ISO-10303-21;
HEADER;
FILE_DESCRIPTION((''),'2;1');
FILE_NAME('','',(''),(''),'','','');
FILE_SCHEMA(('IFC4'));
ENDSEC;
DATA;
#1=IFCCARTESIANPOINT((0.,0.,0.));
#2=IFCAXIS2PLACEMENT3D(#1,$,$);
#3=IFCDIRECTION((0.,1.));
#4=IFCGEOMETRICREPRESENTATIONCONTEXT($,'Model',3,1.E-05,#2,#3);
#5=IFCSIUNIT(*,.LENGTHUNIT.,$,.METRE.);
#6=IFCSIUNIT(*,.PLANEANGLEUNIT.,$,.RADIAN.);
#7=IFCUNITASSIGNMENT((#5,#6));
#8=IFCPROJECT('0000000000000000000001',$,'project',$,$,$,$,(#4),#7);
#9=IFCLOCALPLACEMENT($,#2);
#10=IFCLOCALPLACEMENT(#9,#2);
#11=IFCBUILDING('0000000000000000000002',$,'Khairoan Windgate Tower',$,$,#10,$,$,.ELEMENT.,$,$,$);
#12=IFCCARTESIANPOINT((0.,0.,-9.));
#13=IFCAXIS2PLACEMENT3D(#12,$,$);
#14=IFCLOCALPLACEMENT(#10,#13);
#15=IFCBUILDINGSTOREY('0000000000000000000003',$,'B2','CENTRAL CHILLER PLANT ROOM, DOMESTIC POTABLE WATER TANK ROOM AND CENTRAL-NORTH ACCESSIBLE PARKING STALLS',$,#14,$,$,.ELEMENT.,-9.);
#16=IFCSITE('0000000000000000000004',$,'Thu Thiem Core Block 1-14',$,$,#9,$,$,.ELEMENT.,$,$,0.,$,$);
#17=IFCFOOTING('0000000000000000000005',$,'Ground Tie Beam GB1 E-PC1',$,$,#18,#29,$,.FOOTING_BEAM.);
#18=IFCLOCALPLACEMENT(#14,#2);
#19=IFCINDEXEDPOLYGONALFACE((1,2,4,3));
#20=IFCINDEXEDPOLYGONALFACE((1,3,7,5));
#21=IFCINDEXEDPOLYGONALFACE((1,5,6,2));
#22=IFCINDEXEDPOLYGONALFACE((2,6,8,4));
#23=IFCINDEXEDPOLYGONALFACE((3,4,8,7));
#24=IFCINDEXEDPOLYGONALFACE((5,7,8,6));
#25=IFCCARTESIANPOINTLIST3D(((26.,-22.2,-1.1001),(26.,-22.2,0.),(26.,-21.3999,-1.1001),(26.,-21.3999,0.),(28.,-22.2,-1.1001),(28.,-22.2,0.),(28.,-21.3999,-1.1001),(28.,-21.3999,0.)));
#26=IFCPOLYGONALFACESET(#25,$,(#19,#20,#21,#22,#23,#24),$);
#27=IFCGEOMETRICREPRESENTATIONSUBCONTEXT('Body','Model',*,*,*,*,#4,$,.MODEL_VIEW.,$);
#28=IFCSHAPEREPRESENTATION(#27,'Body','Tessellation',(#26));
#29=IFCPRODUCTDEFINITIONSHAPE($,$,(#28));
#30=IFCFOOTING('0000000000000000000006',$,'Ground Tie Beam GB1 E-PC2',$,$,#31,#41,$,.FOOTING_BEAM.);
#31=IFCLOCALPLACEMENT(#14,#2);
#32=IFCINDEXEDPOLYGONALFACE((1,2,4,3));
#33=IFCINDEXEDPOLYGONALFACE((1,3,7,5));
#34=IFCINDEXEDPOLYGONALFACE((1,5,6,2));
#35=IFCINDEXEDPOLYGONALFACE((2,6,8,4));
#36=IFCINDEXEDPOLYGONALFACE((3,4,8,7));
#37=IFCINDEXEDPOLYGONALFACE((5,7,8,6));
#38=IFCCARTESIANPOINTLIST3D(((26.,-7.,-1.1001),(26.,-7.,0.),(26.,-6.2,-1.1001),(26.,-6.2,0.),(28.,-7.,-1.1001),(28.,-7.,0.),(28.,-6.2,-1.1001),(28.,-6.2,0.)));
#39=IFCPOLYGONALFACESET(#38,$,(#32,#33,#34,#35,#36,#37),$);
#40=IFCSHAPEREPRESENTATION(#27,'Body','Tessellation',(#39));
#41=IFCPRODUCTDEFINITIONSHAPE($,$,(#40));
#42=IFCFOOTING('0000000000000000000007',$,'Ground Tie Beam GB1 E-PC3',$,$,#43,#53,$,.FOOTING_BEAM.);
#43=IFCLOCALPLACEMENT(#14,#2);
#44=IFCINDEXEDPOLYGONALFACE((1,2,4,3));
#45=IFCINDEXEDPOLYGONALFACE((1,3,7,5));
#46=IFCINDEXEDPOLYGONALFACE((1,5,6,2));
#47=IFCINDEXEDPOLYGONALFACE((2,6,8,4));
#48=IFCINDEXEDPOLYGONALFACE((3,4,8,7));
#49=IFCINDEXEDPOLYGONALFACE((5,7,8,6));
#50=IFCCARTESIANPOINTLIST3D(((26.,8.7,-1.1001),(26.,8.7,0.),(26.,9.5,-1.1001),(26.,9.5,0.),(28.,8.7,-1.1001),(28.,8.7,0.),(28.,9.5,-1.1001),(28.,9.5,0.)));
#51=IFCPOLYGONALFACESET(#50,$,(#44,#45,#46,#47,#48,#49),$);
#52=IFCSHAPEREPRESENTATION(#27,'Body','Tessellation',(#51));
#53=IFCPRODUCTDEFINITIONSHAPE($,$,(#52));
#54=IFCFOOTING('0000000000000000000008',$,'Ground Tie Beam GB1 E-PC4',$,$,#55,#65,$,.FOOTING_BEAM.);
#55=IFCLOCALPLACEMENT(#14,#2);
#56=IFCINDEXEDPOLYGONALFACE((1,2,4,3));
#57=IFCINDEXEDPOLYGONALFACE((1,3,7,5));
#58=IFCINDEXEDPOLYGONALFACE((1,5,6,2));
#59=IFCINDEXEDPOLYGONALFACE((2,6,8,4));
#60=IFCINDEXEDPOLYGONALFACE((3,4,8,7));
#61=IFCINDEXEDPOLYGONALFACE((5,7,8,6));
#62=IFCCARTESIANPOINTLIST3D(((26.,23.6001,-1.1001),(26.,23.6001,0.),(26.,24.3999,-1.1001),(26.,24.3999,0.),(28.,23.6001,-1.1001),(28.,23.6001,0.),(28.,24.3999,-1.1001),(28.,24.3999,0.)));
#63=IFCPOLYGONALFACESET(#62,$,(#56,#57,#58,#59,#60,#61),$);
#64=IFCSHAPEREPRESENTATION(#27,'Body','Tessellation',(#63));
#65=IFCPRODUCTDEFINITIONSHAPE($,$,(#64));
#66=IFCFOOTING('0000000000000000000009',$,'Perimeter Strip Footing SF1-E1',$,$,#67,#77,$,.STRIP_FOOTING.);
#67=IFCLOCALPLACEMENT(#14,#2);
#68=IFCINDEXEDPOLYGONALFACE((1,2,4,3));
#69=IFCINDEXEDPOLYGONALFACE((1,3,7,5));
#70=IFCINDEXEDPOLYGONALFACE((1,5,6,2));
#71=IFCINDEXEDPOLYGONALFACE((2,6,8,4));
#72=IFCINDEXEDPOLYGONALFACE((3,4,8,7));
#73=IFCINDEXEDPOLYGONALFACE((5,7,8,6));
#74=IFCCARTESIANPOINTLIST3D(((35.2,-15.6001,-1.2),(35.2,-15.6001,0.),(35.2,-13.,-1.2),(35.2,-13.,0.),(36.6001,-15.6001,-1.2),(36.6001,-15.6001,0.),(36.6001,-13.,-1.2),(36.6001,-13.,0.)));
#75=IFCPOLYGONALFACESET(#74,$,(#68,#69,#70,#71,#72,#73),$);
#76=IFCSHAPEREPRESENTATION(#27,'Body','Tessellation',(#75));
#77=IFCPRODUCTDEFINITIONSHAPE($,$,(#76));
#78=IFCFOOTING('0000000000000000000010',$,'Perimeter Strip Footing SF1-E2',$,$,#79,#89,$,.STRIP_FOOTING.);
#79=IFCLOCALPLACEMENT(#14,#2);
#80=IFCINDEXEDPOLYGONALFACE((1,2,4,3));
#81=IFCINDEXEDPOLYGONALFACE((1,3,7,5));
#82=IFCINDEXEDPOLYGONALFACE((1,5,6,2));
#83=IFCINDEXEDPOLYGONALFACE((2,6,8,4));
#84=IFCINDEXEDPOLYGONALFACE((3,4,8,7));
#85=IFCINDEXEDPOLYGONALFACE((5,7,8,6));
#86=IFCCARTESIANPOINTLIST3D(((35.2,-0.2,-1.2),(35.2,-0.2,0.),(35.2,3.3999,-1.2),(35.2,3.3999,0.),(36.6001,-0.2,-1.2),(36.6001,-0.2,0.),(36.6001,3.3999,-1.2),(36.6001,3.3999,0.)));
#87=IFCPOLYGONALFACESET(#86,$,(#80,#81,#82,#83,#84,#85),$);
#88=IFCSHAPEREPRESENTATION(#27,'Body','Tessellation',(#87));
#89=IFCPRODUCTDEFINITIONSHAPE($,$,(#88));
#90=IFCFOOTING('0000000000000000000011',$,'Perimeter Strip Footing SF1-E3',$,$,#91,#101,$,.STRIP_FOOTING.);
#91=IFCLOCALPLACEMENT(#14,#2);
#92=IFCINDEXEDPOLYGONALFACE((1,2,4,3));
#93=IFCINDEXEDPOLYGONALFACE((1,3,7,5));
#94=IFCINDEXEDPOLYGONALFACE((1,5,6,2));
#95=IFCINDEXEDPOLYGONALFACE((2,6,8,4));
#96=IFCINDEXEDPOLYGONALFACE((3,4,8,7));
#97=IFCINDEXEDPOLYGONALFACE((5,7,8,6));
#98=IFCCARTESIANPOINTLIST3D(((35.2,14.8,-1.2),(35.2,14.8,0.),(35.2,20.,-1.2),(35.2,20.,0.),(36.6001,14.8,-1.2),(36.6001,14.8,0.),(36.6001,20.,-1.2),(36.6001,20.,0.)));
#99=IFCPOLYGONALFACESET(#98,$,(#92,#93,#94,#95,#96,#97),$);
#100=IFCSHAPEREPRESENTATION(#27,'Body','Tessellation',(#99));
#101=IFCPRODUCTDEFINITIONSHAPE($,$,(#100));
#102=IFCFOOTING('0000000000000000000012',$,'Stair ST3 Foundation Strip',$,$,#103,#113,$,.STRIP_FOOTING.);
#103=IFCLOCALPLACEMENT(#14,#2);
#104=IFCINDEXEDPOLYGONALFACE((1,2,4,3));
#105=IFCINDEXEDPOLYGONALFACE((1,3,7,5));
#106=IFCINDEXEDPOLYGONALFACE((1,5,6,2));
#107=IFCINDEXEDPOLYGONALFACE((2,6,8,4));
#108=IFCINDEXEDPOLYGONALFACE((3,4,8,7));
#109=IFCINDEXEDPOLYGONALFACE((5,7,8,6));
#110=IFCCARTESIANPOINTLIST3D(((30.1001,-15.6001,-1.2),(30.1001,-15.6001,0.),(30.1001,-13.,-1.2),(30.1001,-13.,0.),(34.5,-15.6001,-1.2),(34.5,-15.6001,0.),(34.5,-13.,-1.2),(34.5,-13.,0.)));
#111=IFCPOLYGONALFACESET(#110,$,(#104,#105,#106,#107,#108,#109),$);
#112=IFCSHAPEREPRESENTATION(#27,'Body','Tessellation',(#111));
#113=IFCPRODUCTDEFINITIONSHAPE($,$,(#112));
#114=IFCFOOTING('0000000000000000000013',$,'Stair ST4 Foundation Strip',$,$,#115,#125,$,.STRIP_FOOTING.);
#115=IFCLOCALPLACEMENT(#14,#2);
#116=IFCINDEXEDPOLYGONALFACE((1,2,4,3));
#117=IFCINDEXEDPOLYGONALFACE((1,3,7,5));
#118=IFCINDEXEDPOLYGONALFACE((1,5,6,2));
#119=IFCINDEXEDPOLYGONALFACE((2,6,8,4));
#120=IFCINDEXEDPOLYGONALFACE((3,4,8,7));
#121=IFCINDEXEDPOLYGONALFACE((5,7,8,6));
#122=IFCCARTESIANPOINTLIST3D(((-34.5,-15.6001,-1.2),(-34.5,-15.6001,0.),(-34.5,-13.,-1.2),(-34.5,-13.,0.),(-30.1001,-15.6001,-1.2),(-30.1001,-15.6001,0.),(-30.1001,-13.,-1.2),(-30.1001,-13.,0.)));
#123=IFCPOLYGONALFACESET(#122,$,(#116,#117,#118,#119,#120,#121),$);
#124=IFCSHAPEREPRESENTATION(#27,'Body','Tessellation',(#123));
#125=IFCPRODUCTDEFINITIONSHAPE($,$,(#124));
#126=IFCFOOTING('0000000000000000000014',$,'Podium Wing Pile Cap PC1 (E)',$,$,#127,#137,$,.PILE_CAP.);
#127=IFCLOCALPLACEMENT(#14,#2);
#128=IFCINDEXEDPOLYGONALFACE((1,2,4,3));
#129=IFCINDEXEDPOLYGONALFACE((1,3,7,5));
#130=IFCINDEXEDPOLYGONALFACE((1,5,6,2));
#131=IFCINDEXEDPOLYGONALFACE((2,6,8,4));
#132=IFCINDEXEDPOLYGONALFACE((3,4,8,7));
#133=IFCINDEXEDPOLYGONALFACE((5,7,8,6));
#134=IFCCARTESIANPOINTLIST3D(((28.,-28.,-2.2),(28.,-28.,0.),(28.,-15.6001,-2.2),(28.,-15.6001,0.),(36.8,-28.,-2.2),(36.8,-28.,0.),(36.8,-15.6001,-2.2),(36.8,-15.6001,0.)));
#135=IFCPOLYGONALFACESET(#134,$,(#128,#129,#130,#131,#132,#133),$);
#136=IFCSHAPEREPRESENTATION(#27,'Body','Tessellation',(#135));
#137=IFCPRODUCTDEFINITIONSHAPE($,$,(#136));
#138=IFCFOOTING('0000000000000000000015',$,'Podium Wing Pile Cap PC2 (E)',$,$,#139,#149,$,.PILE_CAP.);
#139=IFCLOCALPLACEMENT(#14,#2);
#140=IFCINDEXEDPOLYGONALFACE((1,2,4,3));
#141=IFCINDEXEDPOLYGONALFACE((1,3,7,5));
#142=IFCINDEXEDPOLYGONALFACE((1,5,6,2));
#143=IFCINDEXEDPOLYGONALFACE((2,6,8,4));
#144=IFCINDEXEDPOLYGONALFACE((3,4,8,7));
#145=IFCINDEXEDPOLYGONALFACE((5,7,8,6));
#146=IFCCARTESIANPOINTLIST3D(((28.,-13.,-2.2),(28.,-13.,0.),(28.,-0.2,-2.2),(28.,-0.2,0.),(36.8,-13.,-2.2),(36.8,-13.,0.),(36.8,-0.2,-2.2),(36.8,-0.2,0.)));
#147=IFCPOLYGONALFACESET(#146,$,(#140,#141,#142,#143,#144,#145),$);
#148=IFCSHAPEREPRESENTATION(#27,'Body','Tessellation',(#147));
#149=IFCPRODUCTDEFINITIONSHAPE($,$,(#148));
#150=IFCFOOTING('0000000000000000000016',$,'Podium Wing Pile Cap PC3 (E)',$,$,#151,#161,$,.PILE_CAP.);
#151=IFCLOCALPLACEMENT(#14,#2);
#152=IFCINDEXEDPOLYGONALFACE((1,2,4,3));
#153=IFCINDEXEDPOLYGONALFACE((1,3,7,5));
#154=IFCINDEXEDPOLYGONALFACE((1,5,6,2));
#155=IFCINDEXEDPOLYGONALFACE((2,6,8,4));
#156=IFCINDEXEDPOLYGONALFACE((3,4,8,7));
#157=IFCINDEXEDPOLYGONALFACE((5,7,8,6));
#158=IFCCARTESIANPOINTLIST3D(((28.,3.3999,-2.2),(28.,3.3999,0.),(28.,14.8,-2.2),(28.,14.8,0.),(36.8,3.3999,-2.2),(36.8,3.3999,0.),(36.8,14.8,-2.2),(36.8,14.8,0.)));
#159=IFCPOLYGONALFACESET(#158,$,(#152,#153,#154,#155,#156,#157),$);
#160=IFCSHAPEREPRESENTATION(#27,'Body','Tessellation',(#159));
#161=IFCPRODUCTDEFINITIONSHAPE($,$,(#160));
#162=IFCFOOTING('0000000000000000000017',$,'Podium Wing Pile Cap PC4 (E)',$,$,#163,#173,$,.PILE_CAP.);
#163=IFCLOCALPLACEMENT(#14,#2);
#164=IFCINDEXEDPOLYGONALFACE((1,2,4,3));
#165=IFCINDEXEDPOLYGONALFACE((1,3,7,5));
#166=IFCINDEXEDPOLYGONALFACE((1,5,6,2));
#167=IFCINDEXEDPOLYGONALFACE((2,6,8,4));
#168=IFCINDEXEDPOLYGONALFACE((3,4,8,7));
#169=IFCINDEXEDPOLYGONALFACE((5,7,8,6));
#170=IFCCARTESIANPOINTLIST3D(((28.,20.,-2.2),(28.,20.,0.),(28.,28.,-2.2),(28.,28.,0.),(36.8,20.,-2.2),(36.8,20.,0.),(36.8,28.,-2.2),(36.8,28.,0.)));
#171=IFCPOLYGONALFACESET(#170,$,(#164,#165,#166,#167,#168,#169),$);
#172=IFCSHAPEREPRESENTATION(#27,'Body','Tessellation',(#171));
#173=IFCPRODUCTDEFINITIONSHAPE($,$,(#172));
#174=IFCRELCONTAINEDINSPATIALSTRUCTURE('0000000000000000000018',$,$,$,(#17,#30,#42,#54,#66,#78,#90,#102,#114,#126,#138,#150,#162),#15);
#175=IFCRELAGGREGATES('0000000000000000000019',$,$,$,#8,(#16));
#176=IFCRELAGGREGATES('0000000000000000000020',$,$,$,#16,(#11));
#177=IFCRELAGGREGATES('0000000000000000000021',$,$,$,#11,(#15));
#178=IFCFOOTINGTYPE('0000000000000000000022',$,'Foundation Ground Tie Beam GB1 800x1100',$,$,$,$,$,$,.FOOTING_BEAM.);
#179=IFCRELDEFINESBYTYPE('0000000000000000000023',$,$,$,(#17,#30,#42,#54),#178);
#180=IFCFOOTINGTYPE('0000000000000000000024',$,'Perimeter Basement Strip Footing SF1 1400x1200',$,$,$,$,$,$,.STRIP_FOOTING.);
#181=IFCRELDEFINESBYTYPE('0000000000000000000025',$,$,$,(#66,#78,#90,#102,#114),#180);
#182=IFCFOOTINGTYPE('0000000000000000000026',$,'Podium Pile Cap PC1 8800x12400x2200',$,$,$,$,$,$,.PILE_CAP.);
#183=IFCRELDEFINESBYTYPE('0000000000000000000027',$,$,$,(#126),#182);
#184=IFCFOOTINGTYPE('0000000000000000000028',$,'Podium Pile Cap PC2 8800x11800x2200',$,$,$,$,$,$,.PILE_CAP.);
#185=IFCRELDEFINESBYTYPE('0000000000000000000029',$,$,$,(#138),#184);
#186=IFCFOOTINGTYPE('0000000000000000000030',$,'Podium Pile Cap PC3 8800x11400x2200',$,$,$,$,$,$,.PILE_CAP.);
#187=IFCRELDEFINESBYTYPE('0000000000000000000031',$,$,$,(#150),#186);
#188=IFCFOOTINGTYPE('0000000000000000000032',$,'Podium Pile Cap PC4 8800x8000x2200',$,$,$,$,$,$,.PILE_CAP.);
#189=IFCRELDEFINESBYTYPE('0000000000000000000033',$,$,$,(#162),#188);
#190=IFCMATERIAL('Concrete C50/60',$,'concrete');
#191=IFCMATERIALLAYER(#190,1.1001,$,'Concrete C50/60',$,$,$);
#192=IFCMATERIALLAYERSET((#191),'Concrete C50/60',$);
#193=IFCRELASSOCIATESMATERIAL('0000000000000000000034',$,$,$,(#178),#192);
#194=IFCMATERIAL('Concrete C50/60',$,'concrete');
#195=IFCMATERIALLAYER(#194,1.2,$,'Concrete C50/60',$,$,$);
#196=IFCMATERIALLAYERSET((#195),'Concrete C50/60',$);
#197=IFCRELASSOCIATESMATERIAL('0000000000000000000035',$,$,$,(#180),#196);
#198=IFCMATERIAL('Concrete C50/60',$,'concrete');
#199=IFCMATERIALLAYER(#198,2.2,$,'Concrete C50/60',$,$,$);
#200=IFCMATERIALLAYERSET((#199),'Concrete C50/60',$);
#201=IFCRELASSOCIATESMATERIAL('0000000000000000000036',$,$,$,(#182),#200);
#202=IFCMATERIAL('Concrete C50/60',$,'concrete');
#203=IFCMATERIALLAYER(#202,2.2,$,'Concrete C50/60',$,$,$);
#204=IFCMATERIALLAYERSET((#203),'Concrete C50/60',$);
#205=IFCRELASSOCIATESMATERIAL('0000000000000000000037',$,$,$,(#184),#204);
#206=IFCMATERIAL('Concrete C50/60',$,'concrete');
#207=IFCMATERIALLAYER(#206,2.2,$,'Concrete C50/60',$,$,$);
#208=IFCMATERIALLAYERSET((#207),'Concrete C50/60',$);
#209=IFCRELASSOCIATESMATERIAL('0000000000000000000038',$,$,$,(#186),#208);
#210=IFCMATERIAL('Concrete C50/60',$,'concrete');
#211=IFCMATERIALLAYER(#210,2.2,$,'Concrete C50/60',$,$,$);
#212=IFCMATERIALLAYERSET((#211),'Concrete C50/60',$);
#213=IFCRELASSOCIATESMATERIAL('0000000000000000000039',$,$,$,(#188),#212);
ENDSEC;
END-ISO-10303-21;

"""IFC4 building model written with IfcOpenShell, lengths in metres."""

from ifc_helpers import new_model, si_unit, direction, frame, origin, place, context, subcontext, project, spatial, polyline, outline, extrude, material, layer, layer_set, type_object, element, save


model = new_model("IFC4")

# Units and contexts
model_context = context("Model", 3, precision=1e-05, world=origin(), true_north=direction((0.0, 1.0)))
body_context = subcontext(model_context, "Body", "Model", "MODEL_VIEW")
ifc_project = project(units=[si_unit("LENGTHUNIT", "METRE"), si_unit("PLANEANGLEUNIT", "RADIAN")], contexts=[model_context])

# Site, building, storey
site_placement = place(None, origin())
site = spatial("IfcSite", under=ifc_project, at=site_placement, Name="Thu Thiem Core Block 1-14", CompositionType="ELEMENT", RefElevation=0.0)
building_placement = place(site_placement, origin())
building = spatial("IfcBuilding", under=site, at=building_placement, Name="Khairoan Windgate Tower", CompositionType="ELEMENT")
storey_placement = place(building_placement, frame((0.0, 0.0, -9.0)))
storey = spatial("IfcBuildingStorey", under=building, at=storey_placement, Name="B2", Description="CENTRAL CHILLER PLANT ROOM, DOMESTIC POTABLE WATER TANK ROOM AND CENTRAL-NORTH ACCESSIBLE PARKING STALLS", CompositionType="ELEMENT", Elevation=-9.0)

# Footings
ifc_material_1 = material(Name="Concrete C50/60", Category="concrete")
ifc_layer_1 = layer(ifc_material_1, 1.1001, Name="Concrete C50/60")
ifc_layer_set_1 = layer_set([ifc_layer_1], Name="Concrete C50/60")
footing_type_1 = type_object("IfcFootingType", Name="Foundation Ground Tie Beam GB1 800x1100", PredefinedType="FOOTING_BEAM", material=ifc_layer_set_1)
footing_1_placement = place(storey_placement, frame((0.0, 0.0, -1.1001)))
element("IfcFooting", 1, at=footing_1_placement, inside=storey, type_object=footing_type_1, Name="Ground Tie Beam GB1 E-PC1", PredefinedType="FOOTING_BEAM", context=body_context, shape_type="SweptSolid", body=[
    extrude(outline(polyline([(26.0, -22.2), (28.0, -22.2), (28.0, -21.3999), (26.0, -21.3999), (26.0, -22.2)])), origin(), (0.0, 0.0, 1.0), 1.1001),
])
footing_2_placement = place(storey_placement, frame((0.0, 0.0, -1.1001)))
element("IfcFooting", 2, at=footing_2_placement, inside=storey, type_object=footing_type_1, Name="Ground Tie Beam GB1 E-PC2", PredefinedType="FOOTING_BEAM", context=body_context, shape_type="SweptSolid", body=[
    extrude(outline(polyline([(26.0, -7.0), (28.0, -7.0), (28.0, -6.2), (26.0, -6.2), (26.0, -7.0)])), origin(), (0.0, 0.0, 1.0), 1.1001),
])
footing_3_placement = place(storey_placement, frame((0.0, 0.0, -1.1001)))
element("IfcFooting", 3, at=footing_3_placement, inside=storey, type_object=footing_type_1, Name="Ground Tie Beam GB1 E-PC3", PredefinedType="FOOTING_BEAM", context=body_context, shape_type="SweptSolid", body=[
    extrude(outline(polyline([(26.0, 8.7), (28.0, 8.7), (28.0, 9.5), (26.0, 9.5), (26.0, 8.7)])), origin(), (0.0, 0.0, 1.0), 1.1001),
])
footing_4_placement = place(storey_placement, frame((0.0, 0.0, -1.1001)))
element("IfcFooting", 4, at=footing_4_placement, inside=storey, type_object=footing_type_1, Name="Ground Tie Beam GB1 E-PC4", PredefinedType="FOOTING_BEAM", context=body_context, shape_type="SweptSolid", body=[
    extrude(outline(polyline([(26.0, 23.6001), (28.0, 23.6001), (28.0, 24.3999), (26.0, 24.3999), (26.0, 23.6001)])), origin(), (0.0, 0.0, 1.0), 1.1001),
])
ifc_material_2 = material(Name="Concrete C50/60", Category="concrete")
ifc_layer_2 = layer(ifc_material_2, 1.2, Name="Concrete C50/60")
ifc_layer_set_2 = layer_set([ifc_layer_2], Name="Concrete C50/60")
footing_type_2 = type_object("IfcFootingType", Name="Perimeter Basement Strip Footing SF1 1400x1200", PredefinedType="STRIP_FOOTING", material=ifc_layer_set_2)
footing_5_placement = place(storey_placement, frame((0.0, 0.0, -1.2)))
element("IfcFooting", 5, at=footing_5_placement, inside=storey, type_object=footing_type_2, Name="Perimeter Strip Footing SF1-E1", PredefinedType="STRIP_FOOTING", context=body_context, shape_type="SweptSolid", body=[
    extrude(outline(polyline([(35.2, -15.6001), (36.6001, -15.6001), (36.6001, -13.0), (35.2, -13.0), (35.2, -15.6001)])), origin(), (0.0, 0.0, 1.0), 1.2),
])
footing_6_placement = place(storey_placement, frame((0.0, 0.0, -1.2)))
element("IfcFooting", 6, at=footing_6_placement, inside=storey, type_object=footing_type_2, Name="Perimeter Strip Footing SF1-E2", PredefinedType="STRIP_FOOTING", context=body_context, shape_type="SweptSolid", body=[
    extrude(outline(polyline([(35.2, -0.2), (36.6001, -0.2), (36.6001, 3.3999), (35.2, 3.3999), (35.2, -0.2)])), origin(), (0.0, 0.0, 1.0), 1.2),
])
footing_7_placement = place(storey_placement, frame((0.0, 0.0, -1.2)))
element("IfcFooting", 7, at=footing_7_placement, inside=storey, type_object=footing_type_2, Name="Perimeter Strip Footing SF1-E3", PredefinedType="STRIP_FOOTING", context=body_context, shape_type="SweptSolid", body=[
    extrude(outline(polyline([(35.2, 14.8), (36.6001, 14.8), (36.6001, 20.0), (35.2, 20.0), (35.2, 14.8)])), origin(), (0.0, 0.0, 1.0), 1.2),
])
footing_8_placement = place(storey_placement, frame((0.0, 0.0, -1.2)))
element("IfcFooting", 8, at=footing_8_placement, inside=storey, type_object=footing_type_2, Name="Stair ST3 Foundation Strip", PredefinedType="STRIP_FOOTING", context=body_context, shape_type="SweptSolid", body=[
    extrude(outline(polyline([(30.1001, -15.6001), (34.5, -15.6001), (34.5, -13.0), (30.1001, -13.0), (30.1001, -15.6001)])), origin(), (0.0, 0.0, 1.0), 1.2),
])
footing_9_placement = place(storey_placement, frame((0.0, 0.0, -1.2)))
element("IfcFooting", 9, at=footing_9_placement, inside=storey, type_object=footing_type_2, Name="Stair ST4 Foundation Strip", PredefinedType="STRIP_FOOTING", context=body_context, shape_type="SweptSolid", body=[
    extrude(outline(polyline([(-34.5, -15.6001), (-30.1001, -15.6001), (-30.1001, -13.0), (-34.5, -13.0), (-34.5, -15.6001)])), origin(), (0.0, 0.0, 1.0), 1.2),
])
ifc_material_3 = material(Name="Concrete C50/60", Category="concrete")
ifc_layer_3 = layer(ifc_material_3, 2.2, Name="Concrete C50/60")
ifc_layer_set_3 = layer_set([ifc_layer_3], Name="Concrete C50/60")
footing_type_3 = type_object("IfcFootingType", Name="Podium Pile Cap PC1 8800x12400x2200", PredefinedType="PILE_CAP", material=ifc_layer_set_3)
footing_10_placement = place(storey_placement, frame((0.0, 0.0, -2.2)))
element("IfcFooting", 10, at=footing_10_placement, inside=storey, type_object=footing_type_3, Name="Podium Wing Pile Cap PC1 (E)", PredefinedType="PILE_CAP", context=body_context, shape_type="SweptSolid", body=[
    extrude(outline(polyline([(28.0, -28.0), (36.8, -28.0), (36.8, -15.6001), (28.0, -15.6001), (28.0, -28.0)])), origin(), (0.0, 0.0, 1.0), 2.2),
])
ifc_material_4 = material(Name="Concrete C50/60", Category="concrete")
ifc_layer_4 = layer(ifc_material_4, 2.2, Name="Concrete C50/60")
ifc_layer_set_4 = layer_set([ifc_layer_4], Name="Concrete C50/60")
footing_type_4 = type_object("IfcFootingType", Name="Podium Pile Cap PC2 8800x11800x2200", PredefinedType="PILE_CAP", material=ifc_layer_set_4)
footing_11_placement = place(storey_placement, frame((0.0, 0.0, -2.2)))
element("IfcFooting", 11, at=footing_11_placement, inside=storey, type_object=footing_type_4, Name="Podium Wing Pile Cap PC2 (E)", PredefinedType="PILE_CAP", context=body_context, shape_type="SweptSolid", body=[
    extrude(outline(polyline([(28.0, -13.0), (36.8, -13.0), (36.8, -0.2), (28.0, -0.2), (28.0, -13.0)])), origin(), (0.0, 0.0, 1.0), 2.2),
])
ifc_material_5 = material(Name="Concrete C50/60", Category="concrete")
ifc_layer_5 = layer(ifc_material_5, 2.2, Name="Concrete C50/60")
ifc_layer_set_5 = layer_set([ifc_layer_5], Name="Concrete C50/60")
footing_type_5 = type_object("IfcFootingType", Name="Podium Pile Cap PC3 8800x11400x2200", PredefinedType="PILE_CAP", material=ifc_layer_set_5)
footing_12_placement = place(storey_placement, frame((0.0, 0.0, -2.2)))
element("IfcFooting", 12, at=footing_12_placement, inside=storey, type_object=footing_type_5, Name="Podium Wing Pile Cap PC3 (E)", PredefinedType="PILE_CAP", context=body_context, shape_type="SweptSolid", body=[
    extrude(outline(polyline([(28.0, 3.3999), (36.8, 3.3999), (36.8, 14.8), (28.0, 14.8), (28.0, 3.3999)])), origin(), (0.0, 0.0, 1.0), 2.2),
])
ifc_material_6 = material(Name="Concrete C50/60", Category="concrete")
ifc_layer_6 = layer(ifc_material_6, 2.2, Name="Concrete C50/60")
ifc_layer_set_6 = layer_set([ifc_layer_6], Name="Concrete C50/60")
footing_type_6 = type_object("IfcFootingType", Name="Podium Pile Cap PC4 8800x8000x2200", PredefinedType="PILE_CAP", material=ifc_layer_set_6)
footing_13_placement = place(storey_placement, frame((0.0, 0.0, -2.2)))
element("IfcFooting", 13, at=footing_13_placement, inside=storey, type_object=footing_type_6, Name="Podium Wing Pile Cap PC4 (E)", PredefinedType="PILE_CAP", context=body_context, shape_type="SweptSolid", body=[
    extrude(outline(polyline([(28.0, 20.0), (36.8, 20.0), (36.8, 28.0), (28.0, 28.0), (28.0, 20.0)])), origin(), (0.0, 0.0, 1.0), 2.2),
])

save(model, "model.ifc")
